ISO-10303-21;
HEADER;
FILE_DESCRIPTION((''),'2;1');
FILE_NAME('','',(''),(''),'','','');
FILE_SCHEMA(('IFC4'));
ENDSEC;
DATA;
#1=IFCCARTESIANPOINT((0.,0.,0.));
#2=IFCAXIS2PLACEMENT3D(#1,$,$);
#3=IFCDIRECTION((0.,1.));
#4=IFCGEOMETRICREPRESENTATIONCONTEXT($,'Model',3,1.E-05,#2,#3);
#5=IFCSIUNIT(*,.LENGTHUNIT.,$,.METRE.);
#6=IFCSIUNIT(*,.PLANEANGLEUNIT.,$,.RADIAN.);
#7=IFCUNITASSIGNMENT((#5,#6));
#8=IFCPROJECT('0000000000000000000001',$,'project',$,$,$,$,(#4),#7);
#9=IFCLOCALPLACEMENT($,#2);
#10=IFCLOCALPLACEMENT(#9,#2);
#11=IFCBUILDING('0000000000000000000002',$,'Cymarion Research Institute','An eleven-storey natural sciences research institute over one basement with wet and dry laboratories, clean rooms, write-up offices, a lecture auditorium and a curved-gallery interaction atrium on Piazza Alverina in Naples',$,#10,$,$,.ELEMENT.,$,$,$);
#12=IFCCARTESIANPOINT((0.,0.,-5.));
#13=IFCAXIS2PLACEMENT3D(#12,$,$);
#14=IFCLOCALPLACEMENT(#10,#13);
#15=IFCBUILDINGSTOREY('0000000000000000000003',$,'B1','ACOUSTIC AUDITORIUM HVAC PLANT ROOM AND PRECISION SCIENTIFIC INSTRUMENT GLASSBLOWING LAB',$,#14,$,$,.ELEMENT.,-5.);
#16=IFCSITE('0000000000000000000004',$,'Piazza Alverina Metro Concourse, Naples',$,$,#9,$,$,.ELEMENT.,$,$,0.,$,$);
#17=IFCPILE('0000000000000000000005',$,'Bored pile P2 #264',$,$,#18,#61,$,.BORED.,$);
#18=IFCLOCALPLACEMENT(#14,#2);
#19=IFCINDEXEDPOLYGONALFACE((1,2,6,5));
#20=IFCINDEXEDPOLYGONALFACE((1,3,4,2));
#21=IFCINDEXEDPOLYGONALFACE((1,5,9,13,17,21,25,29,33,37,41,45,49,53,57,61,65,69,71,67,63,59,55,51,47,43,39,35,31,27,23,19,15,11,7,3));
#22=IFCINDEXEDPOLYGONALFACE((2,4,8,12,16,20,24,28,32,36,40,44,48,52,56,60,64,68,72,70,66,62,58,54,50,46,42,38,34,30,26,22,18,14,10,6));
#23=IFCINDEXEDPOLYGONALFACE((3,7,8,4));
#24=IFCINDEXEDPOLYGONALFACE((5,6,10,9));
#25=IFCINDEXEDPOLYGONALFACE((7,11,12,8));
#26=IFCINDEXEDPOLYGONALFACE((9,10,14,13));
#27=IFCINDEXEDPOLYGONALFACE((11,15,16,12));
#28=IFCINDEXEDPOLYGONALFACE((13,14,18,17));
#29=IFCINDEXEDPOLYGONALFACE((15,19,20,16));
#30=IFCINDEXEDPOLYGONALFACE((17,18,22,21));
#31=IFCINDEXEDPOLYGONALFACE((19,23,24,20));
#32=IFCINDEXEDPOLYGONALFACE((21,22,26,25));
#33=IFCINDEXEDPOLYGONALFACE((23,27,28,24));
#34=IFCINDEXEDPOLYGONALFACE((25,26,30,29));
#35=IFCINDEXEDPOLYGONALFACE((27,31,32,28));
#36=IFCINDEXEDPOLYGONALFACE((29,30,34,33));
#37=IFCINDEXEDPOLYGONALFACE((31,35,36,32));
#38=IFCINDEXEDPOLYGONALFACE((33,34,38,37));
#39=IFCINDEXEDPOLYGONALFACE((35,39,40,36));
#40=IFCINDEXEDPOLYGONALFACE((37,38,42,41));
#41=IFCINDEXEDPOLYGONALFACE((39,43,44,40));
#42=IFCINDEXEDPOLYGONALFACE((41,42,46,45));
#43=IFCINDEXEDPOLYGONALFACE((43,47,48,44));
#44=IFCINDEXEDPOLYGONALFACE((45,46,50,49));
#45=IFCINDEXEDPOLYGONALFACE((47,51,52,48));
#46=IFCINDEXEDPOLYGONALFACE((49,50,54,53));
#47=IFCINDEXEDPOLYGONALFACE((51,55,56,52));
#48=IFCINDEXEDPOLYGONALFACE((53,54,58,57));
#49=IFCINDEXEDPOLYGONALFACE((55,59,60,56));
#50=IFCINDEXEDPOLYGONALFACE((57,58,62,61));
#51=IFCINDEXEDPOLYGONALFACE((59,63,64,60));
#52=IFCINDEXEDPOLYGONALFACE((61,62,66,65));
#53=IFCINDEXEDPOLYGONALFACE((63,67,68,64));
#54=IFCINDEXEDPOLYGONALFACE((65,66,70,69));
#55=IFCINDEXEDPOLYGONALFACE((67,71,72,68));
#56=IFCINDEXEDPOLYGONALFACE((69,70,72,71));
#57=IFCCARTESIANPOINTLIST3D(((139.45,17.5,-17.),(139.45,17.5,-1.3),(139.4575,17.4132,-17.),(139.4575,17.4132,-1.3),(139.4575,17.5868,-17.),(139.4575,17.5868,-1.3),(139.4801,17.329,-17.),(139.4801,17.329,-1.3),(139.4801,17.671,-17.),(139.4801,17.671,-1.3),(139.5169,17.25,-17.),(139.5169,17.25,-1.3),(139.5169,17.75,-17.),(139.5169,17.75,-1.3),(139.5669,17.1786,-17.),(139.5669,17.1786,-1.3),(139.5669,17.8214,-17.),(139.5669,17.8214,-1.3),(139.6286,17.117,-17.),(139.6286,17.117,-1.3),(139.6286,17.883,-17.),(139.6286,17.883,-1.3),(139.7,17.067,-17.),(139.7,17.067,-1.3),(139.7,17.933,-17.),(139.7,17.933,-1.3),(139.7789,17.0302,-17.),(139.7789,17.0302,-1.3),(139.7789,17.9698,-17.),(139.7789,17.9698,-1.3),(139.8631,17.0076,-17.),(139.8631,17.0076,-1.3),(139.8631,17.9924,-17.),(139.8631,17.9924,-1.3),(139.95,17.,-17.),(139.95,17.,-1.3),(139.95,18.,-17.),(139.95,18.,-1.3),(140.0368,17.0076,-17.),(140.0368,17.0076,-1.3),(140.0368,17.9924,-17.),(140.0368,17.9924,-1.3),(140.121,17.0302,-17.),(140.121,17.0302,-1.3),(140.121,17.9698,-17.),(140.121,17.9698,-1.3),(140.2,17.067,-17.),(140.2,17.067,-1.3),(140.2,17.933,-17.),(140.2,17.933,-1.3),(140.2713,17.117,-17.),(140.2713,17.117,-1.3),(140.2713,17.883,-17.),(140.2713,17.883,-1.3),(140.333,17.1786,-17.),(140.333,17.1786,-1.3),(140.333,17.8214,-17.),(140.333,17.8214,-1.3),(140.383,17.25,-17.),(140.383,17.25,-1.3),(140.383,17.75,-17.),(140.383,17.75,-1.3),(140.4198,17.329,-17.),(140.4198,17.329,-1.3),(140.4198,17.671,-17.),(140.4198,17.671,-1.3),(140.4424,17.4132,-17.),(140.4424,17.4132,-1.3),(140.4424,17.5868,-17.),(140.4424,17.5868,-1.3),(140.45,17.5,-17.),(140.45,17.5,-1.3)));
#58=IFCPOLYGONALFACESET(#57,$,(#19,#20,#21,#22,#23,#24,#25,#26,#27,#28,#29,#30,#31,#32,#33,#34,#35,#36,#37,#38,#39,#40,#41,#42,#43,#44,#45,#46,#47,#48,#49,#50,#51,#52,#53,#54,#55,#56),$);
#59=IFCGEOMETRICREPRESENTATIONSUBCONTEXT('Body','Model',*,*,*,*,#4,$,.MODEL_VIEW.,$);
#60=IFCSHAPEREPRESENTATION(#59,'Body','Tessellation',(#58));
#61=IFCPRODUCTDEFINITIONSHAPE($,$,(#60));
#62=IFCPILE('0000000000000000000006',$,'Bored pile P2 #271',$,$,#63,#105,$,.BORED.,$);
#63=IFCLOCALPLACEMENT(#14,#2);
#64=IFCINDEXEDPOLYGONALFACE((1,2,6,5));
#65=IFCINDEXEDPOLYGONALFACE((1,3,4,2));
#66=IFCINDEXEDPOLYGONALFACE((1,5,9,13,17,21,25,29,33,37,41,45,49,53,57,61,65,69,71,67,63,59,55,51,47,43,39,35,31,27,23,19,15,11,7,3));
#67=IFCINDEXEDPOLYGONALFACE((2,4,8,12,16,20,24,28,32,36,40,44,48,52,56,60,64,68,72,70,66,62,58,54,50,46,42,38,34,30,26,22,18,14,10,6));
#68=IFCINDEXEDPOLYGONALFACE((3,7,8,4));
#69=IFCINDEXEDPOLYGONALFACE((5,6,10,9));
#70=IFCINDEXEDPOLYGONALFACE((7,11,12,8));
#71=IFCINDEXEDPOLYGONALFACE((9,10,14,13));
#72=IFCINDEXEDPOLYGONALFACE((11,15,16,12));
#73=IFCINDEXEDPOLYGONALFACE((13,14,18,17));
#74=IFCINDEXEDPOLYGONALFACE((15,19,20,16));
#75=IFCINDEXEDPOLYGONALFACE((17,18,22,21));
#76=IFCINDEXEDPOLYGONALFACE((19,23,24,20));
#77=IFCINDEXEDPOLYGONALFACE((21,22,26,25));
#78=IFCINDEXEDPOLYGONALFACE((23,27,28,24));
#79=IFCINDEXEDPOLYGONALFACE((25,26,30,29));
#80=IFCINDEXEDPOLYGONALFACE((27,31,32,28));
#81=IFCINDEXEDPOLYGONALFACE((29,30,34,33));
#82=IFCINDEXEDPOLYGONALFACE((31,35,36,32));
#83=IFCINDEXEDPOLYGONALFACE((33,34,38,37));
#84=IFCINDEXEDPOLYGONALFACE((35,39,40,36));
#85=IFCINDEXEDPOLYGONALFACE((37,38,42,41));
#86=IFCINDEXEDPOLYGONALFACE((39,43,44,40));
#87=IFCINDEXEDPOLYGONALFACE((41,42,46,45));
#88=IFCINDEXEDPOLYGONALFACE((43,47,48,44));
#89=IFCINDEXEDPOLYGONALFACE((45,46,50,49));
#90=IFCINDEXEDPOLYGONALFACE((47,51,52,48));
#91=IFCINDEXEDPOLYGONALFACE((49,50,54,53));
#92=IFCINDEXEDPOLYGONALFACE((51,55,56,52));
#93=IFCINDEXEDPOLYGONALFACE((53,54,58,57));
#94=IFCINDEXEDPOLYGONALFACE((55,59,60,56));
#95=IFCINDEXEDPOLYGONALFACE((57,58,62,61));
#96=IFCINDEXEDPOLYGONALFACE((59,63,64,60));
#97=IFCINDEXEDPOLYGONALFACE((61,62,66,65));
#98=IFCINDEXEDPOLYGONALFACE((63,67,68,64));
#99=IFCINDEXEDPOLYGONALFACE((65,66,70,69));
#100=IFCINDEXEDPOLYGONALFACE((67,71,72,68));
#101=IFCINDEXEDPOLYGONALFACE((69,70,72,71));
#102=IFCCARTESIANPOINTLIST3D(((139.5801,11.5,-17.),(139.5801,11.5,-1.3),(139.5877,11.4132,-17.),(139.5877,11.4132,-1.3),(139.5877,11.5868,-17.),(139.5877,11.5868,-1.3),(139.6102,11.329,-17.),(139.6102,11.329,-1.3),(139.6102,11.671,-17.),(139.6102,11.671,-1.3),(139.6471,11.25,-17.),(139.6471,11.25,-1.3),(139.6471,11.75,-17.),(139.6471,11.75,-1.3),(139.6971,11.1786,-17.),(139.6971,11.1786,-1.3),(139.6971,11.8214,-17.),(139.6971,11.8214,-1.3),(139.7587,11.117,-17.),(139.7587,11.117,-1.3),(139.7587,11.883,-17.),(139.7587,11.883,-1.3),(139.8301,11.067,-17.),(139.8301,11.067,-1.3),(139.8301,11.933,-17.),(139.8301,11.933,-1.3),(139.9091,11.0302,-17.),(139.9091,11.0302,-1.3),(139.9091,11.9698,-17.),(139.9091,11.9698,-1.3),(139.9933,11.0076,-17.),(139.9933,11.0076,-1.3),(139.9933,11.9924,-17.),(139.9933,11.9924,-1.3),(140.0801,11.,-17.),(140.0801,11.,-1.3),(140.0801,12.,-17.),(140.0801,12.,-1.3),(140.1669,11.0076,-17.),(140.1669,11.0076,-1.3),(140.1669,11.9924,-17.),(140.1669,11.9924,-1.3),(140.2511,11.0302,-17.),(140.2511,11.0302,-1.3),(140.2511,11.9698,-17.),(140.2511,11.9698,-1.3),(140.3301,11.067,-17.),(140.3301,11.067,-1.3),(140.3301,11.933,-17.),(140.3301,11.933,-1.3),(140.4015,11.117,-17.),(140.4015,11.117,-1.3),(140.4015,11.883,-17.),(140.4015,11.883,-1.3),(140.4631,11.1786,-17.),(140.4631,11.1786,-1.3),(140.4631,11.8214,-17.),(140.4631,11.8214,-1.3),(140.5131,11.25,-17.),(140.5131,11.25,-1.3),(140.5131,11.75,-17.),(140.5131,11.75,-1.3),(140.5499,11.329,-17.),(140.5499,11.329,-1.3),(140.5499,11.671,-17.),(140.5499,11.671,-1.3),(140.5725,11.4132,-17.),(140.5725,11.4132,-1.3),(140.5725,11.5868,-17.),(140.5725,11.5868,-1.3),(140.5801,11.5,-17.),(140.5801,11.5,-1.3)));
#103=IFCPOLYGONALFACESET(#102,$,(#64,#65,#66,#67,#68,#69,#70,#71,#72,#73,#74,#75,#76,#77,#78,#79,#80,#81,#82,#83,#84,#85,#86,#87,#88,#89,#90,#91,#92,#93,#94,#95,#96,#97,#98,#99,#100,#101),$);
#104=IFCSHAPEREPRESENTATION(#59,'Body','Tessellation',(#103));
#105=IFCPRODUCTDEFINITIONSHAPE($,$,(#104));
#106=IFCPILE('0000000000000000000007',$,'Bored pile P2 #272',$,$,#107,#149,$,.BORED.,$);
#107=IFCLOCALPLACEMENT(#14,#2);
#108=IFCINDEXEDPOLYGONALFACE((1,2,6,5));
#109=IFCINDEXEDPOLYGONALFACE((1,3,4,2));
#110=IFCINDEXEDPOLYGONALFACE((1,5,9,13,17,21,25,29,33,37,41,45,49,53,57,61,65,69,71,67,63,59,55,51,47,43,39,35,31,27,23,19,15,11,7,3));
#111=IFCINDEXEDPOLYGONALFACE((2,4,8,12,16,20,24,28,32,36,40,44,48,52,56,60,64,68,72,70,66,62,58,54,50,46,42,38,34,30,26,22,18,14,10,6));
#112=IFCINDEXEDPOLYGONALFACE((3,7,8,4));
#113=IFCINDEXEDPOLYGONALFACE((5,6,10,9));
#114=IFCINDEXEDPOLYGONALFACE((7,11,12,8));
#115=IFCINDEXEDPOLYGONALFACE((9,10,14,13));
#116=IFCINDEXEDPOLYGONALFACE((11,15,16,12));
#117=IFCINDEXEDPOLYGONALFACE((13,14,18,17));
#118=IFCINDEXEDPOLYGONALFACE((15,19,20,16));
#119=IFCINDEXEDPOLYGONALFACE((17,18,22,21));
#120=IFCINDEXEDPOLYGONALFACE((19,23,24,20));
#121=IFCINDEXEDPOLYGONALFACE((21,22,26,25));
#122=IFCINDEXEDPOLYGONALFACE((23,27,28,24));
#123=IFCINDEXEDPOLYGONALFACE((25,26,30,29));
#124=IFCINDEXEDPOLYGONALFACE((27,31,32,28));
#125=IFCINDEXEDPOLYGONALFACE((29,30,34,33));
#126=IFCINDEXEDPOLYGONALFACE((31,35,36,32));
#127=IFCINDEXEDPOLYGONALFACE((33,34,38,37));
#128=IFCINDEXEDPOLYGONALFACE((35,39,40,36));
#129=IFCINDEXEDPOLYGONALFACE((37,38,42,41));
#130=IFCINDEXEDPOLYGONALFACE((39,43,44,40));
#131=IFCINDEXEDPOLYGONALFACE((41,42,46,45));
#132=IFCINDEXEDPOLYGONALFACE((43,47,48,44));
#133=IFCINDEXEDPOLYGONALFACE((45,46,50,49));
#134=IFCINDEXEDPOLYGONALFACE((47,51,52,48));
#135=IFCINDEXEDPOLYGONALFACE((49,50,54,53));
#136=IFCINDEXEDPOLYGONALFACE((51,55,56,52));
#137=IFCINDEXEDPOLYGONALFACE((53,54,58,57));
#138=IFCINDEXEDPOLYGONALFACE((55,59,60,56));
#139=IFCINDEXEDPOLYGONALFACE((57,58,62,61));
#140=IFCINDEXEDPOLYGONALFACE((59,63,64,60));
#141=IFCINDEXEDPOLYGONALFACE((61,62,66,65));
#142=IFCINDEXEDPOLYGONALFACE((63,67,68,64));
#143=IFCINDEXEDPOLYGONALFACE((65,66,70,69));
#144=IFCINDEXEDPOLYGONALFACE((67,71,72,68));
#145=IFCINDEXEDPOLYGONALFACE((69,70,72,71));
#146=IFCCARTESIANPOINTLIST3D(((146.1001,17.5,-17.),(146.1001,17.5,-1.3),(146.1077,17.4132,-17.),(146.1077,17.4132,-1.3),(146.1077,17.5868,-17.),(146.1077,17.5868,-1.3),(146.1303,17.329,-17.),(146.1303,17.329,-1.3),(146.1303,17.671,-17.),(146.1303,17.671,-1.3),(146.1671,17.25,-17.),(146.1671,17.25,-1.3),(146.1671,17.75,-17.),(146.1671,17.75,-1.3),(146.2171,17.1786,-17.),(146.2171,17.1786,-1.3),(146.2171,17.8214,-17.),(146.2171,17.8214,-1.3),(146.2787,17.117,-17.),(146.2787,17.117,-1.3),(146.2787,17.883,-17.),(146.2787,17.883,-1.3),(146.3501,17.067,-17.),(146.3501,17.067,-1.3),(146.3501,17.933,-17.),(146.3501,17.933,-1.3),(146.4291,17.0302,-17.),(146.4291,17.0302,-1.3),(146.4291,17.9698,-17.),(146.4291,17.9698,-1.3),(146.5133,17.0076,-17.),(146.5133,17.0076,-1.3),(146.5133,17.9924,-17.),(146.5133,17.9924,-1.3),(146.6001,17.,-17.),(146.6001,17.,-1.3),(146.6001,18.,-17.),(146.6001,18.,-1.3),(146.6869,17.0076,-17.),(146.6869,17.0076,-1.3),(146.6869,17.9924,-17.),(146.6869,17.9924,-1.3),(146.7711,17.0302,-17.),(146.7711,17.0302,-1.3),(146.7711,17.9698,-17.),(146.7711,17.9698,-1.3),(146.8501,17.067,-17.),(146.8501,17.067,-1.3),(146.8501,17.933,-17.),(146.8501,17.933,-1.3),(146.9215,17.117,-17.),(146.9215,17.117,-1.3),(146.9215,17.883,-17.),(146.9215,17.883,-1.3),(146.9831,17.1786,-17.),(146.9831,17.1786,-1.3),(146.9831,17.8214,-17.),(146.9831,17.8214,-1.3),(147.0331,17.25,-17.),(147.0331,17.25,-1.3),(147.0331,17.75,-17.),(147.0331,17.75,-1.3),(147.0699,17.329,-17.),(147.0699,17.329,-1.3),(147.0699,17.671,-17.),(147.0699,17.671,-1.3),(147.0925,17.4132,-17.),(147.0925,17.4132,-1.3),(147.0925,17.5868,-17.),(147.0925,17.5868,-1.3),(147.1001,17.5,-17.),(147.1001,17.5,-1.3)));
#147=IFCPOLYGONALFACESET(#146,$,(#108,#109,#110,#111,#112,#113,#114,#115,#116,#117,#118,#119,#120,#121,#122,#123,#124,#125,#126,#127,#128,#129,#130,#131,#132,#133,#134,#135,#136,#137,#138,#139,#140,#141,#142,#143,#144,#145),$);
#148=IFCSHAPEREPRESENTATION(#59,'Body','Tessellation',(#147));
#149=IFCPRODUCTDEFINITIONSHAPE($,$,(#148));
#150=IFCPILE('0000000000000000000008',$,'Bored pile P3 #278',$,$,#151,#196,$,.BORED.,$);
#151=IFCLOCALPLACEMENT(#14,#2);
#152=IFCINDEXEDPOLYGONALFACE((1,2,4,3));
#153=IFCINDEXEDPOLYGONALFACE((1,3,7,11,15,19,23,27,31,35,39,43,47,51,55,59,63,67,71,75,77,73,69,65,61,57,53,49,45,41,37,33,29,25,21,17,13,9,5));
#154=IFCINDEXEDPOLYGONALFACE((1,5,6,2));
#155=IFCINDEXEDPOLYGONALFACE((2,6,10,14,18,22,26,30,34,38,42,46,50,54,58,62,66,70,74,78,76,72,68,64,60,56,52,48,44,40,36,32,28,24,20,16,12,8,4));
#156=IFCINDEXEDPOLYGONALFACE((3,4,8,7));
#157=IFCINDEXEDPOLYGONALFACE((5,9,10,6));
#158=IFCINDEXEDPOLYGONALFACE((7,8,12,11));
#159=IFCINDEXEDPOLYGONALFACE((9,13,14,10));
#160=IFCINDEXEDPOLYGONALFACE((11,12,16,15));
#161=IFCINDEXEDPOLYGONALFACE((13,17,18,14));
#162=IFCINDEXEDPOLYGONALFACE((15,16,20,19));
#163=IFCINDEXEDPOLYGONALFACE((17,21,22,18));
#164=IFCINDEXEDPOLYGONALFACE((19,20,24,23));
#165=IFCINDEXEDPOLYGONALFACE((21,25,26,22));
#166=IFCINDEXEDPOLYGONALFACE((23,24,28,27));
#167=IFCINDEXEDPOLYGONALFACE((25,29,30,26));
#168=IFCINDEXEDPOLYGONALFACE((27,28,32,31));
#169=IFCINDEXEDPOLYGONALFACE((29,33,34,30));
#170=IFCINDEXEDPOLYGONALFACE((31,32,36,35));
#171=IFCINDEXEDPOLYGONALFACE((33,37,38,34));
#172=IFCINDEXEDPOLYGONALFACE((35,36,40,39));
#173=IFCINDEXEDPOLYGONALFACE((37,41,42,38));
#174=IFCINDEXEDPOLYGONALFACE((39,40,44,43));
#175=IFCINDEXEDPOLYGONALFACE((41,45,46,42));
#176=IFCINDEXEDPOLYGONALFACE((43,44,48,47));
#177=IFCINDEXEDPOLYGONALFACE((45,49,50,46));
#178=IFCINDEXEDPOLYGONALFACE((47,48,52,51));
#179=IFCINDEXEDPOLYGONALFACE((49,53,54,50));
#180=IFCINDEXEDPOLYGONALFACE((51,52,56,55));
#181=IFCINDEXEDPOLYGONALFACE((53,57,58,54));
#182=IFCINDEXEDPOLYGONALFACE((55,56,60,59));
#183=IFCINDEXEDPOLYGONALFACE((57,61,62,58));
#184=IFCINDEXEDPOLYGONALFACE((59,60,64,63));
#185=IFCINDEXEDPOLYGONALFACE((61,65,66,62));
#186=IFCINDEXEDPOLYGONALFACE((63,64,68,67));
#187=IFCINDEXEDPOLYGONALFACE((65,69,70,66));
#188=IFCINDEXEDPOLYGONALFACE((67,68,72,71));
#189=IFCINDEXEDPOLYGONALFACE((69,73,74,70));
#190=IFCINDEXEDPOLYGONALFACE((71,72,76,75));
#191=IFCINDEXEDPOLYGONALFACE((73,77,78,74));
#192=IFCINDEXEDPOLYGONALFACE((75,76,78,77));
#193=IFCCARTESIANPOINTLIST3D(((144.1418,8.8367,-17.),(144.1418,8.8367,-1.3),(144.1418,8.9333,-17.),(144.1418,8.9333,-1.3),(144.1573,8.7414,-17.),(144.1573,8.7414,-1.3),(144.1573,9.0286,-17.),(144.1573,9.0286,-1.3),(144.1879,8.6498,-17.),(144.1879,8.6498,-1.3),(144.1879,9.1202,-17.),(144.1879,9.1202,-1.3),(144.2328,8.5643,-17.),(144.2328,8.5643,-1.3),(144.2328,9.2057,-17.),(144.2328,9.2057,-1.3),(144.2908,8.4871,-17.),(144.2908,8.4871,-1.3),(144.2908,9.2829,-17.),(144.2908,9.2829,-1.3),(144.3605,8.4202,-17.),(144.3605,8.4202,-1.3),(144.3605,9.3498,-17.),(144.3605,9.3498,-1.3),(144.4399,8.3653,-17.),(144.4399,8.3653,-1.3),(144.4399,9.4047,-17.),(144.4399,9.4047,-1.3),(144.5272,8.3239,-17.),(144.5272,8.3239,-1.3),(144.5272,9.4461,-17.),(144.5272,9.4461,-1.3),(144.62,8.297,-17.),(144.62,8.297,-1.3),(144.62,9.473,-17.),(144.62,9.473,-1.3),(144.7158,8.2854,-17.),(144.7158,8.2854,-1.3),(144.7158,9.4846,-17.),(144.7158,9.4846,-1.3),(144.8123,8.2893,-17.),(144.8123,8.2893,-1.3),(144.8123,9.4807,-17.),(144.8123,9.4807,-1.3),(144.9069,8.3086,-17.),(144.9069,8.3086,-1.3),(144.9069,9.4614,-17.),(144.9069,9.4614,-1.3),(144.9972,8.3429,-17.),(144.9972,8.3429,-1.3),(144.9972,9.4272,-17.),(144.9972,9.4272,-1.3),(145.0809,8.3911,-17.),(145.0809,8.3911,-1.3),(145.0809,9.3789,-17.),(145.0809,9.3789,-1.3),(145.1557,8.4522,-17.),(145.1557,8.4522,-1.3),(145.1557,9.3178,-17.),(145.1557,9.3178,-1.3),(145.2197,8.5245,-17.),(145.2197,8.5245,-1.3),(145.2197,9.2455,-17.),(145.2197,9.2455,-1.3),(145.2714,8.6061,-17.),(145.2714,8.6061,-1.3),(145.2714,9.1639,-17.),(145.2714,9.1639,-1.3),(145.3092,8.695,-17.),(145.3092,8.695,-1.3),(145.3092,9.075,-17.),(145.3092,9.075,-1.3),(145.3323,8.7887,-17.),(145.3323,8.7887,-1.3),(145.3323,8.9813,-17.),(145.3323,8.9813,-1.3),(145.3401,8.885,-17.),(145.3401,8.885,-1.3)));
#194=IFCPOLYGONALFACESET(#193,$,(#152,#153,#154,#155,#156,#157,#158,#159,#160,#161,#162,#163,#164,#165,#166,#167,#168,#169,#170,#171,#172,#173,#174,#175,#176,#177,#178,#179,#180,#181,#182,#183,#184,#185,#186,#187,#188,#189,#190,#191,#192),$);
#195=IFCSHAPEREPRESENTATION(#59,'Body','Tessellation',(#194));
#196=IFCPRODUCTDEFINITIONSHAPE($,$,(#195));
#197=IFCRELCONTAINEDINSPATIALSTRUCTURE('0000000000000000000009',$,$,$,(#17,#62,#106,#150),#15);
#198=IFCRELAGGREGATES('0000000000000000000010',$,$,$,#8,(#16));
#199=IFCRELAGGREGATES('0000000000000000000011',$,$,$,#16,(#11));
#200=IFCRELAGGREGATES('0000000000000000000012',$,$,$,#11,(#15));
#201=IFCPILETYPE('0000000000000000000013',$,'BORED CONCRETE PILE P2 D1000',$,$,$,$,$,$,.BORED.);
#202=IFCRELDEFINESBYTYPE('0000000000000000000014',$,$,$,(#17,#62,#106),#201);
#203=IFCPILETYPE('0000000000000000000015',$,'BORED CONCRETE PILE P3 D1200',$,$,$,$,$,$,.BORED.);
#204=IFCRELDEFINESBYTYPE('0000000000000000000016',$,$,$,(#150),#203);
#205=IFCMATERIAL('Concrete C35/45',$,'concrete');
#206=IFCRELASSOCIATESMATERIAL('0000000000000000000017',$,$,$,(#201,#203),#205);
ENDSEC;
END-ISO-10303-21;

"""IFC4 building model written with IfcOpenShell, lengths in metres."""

from ifc_helpers import new_model, si_unit, direction, frame, origin, origin_2d, place, context, subcontext, project, spatial, circle, extrude, material, material_profile, profile_set, type_object, element, save


model = new_model("IFC4")

# Units and contexts
model_context = context("Model", 3, precision=1e-05, world=origin(), true_north=direction((0.0, 1.0)))
body_context = subcontext(model_context, "Body", "Model", "MODEL_VIEW")
ifc_project = project(units=[si_unit("LENGTHUNIT", "METRE"), si_unit("PLANEANGLEUNIT", "RADIAN")], contexts=[model_context])

# Site, building, storey
site_placement = place(None, origin())
site = spatial("IfcSite", under=ifc_project, at=site_placement, Name="Piazza Alverina Metro Concourse, Naples", CompositionType="ELEMENT", RefElevation=0.0)
building_placement = place(site_placement, origin())
building = spatial("IfcBuilding", under=site, at=building_placement, Name="Cymarion Research Institute", Description="An eleven-storey natural sciences research institute over one basement with wet and dry laboratories, clean rooms, write-up offices, a lecture auditorium and a curved-gallery interaction atrium on Piazza Alverina in Naples", CompositionType="ELEMENT")
storey_placement = place(building_placement, frame((0.0, 0.0, -5.0)))
storey = spatial("IfcBuildingStorey", under=building, at=storey_placement, Name="B1", Description="ACOUSTIC AUDITORIUM HVAC PLANT ROOM AND PRECISION SCIENTIFIC INSTRUMENT GLASSBLOWING LAB", CompositionType="ELEMENT", Elevation=-5.0)

# Piles
ifc_material_1 = material(Name="Concrete C35/45", Category="concrete")
ifc_material_profile_1 = material_profile(ifc_material_1, circle(Radius=0.5, at=origin_2d()), Name="BORED PILE D1000")
ifc_profile_set_1 = profile_set([ifc_material_profile_1], Name="Concrete C35/45")
pile_type_1 = type_object("IfcPileType", Name="BORED CONCRETE PILE P2 D1000", PredefinedType="BORED", material=ifc_profile_set_1)
for number, where, z_axis, x_axis, name in (
    (1, (139.95, 17.5, -1.3), (0.0, 0.0, -1.0), (1.0, 0.0, 0.0), "Bored pile P2 #264"),
    (2, (140.0801, 11.5, -1.3), (0.0, 0.0, -1.0), (1.0, 0.0, 0.0), "Bored pile P2 #271"),
    (3, (146.6001, 17.5, -1.3), (0.0, 0.0, -1.0), (1.0, 0.0, 0.0), "Bored pile P2 #272"),
):
    element("IfcPile", number, at=place(storey_placement, frame(where, z_axis=z_axis, x_axis=x_axis)), inside=storey, type_object=pile_type_1, Name=name, PredefinedType="BORED", context=body_context, shape_type="SweptSolid", body=[
        extrude(circle(Radius=0.5, at=origin_2d()), origin(), (0.0, 0.0, 1.0), 15.7),
    ])
ifc_material_profile_2 = material_profile(ifc_material_1, circle(Radius=0.6001, at=origin_2d()), Name="BORED PILE D1200")
ifc_profile_set_2 = profile_set([ifc_material_profile_2], Name="Concrete C35/45")
pile_type_2 = type_object("IfcPileType", Name="BORED CONCRETE PILE P3 D1200", PredefinedType="BORED", material=ifc_profile_set_2)
for number, where, z_axis, x_axis, name in (
    (4, (144.74, 8.885, -1.3), (0.0, 0.0, -1.0), (1.0, 0.0, 0.0), "Bored pile P3 #278"),
):
    element("IfcPile", number, at=place(storey_placement, frame(where, z_axis=z_axis, x_axis=x_axis)), inside=storey, type_object=pile_type_2, Name=name, PredefinedType="BORED", context=body_context, shape_type="SweptSolid", body=[
        extrude(circle(Radius=0.6001, at=origin_2d()), origin(), (0.0, 0.0, 1.0), 15.7),
    ])

save(model, "model.ifc")
